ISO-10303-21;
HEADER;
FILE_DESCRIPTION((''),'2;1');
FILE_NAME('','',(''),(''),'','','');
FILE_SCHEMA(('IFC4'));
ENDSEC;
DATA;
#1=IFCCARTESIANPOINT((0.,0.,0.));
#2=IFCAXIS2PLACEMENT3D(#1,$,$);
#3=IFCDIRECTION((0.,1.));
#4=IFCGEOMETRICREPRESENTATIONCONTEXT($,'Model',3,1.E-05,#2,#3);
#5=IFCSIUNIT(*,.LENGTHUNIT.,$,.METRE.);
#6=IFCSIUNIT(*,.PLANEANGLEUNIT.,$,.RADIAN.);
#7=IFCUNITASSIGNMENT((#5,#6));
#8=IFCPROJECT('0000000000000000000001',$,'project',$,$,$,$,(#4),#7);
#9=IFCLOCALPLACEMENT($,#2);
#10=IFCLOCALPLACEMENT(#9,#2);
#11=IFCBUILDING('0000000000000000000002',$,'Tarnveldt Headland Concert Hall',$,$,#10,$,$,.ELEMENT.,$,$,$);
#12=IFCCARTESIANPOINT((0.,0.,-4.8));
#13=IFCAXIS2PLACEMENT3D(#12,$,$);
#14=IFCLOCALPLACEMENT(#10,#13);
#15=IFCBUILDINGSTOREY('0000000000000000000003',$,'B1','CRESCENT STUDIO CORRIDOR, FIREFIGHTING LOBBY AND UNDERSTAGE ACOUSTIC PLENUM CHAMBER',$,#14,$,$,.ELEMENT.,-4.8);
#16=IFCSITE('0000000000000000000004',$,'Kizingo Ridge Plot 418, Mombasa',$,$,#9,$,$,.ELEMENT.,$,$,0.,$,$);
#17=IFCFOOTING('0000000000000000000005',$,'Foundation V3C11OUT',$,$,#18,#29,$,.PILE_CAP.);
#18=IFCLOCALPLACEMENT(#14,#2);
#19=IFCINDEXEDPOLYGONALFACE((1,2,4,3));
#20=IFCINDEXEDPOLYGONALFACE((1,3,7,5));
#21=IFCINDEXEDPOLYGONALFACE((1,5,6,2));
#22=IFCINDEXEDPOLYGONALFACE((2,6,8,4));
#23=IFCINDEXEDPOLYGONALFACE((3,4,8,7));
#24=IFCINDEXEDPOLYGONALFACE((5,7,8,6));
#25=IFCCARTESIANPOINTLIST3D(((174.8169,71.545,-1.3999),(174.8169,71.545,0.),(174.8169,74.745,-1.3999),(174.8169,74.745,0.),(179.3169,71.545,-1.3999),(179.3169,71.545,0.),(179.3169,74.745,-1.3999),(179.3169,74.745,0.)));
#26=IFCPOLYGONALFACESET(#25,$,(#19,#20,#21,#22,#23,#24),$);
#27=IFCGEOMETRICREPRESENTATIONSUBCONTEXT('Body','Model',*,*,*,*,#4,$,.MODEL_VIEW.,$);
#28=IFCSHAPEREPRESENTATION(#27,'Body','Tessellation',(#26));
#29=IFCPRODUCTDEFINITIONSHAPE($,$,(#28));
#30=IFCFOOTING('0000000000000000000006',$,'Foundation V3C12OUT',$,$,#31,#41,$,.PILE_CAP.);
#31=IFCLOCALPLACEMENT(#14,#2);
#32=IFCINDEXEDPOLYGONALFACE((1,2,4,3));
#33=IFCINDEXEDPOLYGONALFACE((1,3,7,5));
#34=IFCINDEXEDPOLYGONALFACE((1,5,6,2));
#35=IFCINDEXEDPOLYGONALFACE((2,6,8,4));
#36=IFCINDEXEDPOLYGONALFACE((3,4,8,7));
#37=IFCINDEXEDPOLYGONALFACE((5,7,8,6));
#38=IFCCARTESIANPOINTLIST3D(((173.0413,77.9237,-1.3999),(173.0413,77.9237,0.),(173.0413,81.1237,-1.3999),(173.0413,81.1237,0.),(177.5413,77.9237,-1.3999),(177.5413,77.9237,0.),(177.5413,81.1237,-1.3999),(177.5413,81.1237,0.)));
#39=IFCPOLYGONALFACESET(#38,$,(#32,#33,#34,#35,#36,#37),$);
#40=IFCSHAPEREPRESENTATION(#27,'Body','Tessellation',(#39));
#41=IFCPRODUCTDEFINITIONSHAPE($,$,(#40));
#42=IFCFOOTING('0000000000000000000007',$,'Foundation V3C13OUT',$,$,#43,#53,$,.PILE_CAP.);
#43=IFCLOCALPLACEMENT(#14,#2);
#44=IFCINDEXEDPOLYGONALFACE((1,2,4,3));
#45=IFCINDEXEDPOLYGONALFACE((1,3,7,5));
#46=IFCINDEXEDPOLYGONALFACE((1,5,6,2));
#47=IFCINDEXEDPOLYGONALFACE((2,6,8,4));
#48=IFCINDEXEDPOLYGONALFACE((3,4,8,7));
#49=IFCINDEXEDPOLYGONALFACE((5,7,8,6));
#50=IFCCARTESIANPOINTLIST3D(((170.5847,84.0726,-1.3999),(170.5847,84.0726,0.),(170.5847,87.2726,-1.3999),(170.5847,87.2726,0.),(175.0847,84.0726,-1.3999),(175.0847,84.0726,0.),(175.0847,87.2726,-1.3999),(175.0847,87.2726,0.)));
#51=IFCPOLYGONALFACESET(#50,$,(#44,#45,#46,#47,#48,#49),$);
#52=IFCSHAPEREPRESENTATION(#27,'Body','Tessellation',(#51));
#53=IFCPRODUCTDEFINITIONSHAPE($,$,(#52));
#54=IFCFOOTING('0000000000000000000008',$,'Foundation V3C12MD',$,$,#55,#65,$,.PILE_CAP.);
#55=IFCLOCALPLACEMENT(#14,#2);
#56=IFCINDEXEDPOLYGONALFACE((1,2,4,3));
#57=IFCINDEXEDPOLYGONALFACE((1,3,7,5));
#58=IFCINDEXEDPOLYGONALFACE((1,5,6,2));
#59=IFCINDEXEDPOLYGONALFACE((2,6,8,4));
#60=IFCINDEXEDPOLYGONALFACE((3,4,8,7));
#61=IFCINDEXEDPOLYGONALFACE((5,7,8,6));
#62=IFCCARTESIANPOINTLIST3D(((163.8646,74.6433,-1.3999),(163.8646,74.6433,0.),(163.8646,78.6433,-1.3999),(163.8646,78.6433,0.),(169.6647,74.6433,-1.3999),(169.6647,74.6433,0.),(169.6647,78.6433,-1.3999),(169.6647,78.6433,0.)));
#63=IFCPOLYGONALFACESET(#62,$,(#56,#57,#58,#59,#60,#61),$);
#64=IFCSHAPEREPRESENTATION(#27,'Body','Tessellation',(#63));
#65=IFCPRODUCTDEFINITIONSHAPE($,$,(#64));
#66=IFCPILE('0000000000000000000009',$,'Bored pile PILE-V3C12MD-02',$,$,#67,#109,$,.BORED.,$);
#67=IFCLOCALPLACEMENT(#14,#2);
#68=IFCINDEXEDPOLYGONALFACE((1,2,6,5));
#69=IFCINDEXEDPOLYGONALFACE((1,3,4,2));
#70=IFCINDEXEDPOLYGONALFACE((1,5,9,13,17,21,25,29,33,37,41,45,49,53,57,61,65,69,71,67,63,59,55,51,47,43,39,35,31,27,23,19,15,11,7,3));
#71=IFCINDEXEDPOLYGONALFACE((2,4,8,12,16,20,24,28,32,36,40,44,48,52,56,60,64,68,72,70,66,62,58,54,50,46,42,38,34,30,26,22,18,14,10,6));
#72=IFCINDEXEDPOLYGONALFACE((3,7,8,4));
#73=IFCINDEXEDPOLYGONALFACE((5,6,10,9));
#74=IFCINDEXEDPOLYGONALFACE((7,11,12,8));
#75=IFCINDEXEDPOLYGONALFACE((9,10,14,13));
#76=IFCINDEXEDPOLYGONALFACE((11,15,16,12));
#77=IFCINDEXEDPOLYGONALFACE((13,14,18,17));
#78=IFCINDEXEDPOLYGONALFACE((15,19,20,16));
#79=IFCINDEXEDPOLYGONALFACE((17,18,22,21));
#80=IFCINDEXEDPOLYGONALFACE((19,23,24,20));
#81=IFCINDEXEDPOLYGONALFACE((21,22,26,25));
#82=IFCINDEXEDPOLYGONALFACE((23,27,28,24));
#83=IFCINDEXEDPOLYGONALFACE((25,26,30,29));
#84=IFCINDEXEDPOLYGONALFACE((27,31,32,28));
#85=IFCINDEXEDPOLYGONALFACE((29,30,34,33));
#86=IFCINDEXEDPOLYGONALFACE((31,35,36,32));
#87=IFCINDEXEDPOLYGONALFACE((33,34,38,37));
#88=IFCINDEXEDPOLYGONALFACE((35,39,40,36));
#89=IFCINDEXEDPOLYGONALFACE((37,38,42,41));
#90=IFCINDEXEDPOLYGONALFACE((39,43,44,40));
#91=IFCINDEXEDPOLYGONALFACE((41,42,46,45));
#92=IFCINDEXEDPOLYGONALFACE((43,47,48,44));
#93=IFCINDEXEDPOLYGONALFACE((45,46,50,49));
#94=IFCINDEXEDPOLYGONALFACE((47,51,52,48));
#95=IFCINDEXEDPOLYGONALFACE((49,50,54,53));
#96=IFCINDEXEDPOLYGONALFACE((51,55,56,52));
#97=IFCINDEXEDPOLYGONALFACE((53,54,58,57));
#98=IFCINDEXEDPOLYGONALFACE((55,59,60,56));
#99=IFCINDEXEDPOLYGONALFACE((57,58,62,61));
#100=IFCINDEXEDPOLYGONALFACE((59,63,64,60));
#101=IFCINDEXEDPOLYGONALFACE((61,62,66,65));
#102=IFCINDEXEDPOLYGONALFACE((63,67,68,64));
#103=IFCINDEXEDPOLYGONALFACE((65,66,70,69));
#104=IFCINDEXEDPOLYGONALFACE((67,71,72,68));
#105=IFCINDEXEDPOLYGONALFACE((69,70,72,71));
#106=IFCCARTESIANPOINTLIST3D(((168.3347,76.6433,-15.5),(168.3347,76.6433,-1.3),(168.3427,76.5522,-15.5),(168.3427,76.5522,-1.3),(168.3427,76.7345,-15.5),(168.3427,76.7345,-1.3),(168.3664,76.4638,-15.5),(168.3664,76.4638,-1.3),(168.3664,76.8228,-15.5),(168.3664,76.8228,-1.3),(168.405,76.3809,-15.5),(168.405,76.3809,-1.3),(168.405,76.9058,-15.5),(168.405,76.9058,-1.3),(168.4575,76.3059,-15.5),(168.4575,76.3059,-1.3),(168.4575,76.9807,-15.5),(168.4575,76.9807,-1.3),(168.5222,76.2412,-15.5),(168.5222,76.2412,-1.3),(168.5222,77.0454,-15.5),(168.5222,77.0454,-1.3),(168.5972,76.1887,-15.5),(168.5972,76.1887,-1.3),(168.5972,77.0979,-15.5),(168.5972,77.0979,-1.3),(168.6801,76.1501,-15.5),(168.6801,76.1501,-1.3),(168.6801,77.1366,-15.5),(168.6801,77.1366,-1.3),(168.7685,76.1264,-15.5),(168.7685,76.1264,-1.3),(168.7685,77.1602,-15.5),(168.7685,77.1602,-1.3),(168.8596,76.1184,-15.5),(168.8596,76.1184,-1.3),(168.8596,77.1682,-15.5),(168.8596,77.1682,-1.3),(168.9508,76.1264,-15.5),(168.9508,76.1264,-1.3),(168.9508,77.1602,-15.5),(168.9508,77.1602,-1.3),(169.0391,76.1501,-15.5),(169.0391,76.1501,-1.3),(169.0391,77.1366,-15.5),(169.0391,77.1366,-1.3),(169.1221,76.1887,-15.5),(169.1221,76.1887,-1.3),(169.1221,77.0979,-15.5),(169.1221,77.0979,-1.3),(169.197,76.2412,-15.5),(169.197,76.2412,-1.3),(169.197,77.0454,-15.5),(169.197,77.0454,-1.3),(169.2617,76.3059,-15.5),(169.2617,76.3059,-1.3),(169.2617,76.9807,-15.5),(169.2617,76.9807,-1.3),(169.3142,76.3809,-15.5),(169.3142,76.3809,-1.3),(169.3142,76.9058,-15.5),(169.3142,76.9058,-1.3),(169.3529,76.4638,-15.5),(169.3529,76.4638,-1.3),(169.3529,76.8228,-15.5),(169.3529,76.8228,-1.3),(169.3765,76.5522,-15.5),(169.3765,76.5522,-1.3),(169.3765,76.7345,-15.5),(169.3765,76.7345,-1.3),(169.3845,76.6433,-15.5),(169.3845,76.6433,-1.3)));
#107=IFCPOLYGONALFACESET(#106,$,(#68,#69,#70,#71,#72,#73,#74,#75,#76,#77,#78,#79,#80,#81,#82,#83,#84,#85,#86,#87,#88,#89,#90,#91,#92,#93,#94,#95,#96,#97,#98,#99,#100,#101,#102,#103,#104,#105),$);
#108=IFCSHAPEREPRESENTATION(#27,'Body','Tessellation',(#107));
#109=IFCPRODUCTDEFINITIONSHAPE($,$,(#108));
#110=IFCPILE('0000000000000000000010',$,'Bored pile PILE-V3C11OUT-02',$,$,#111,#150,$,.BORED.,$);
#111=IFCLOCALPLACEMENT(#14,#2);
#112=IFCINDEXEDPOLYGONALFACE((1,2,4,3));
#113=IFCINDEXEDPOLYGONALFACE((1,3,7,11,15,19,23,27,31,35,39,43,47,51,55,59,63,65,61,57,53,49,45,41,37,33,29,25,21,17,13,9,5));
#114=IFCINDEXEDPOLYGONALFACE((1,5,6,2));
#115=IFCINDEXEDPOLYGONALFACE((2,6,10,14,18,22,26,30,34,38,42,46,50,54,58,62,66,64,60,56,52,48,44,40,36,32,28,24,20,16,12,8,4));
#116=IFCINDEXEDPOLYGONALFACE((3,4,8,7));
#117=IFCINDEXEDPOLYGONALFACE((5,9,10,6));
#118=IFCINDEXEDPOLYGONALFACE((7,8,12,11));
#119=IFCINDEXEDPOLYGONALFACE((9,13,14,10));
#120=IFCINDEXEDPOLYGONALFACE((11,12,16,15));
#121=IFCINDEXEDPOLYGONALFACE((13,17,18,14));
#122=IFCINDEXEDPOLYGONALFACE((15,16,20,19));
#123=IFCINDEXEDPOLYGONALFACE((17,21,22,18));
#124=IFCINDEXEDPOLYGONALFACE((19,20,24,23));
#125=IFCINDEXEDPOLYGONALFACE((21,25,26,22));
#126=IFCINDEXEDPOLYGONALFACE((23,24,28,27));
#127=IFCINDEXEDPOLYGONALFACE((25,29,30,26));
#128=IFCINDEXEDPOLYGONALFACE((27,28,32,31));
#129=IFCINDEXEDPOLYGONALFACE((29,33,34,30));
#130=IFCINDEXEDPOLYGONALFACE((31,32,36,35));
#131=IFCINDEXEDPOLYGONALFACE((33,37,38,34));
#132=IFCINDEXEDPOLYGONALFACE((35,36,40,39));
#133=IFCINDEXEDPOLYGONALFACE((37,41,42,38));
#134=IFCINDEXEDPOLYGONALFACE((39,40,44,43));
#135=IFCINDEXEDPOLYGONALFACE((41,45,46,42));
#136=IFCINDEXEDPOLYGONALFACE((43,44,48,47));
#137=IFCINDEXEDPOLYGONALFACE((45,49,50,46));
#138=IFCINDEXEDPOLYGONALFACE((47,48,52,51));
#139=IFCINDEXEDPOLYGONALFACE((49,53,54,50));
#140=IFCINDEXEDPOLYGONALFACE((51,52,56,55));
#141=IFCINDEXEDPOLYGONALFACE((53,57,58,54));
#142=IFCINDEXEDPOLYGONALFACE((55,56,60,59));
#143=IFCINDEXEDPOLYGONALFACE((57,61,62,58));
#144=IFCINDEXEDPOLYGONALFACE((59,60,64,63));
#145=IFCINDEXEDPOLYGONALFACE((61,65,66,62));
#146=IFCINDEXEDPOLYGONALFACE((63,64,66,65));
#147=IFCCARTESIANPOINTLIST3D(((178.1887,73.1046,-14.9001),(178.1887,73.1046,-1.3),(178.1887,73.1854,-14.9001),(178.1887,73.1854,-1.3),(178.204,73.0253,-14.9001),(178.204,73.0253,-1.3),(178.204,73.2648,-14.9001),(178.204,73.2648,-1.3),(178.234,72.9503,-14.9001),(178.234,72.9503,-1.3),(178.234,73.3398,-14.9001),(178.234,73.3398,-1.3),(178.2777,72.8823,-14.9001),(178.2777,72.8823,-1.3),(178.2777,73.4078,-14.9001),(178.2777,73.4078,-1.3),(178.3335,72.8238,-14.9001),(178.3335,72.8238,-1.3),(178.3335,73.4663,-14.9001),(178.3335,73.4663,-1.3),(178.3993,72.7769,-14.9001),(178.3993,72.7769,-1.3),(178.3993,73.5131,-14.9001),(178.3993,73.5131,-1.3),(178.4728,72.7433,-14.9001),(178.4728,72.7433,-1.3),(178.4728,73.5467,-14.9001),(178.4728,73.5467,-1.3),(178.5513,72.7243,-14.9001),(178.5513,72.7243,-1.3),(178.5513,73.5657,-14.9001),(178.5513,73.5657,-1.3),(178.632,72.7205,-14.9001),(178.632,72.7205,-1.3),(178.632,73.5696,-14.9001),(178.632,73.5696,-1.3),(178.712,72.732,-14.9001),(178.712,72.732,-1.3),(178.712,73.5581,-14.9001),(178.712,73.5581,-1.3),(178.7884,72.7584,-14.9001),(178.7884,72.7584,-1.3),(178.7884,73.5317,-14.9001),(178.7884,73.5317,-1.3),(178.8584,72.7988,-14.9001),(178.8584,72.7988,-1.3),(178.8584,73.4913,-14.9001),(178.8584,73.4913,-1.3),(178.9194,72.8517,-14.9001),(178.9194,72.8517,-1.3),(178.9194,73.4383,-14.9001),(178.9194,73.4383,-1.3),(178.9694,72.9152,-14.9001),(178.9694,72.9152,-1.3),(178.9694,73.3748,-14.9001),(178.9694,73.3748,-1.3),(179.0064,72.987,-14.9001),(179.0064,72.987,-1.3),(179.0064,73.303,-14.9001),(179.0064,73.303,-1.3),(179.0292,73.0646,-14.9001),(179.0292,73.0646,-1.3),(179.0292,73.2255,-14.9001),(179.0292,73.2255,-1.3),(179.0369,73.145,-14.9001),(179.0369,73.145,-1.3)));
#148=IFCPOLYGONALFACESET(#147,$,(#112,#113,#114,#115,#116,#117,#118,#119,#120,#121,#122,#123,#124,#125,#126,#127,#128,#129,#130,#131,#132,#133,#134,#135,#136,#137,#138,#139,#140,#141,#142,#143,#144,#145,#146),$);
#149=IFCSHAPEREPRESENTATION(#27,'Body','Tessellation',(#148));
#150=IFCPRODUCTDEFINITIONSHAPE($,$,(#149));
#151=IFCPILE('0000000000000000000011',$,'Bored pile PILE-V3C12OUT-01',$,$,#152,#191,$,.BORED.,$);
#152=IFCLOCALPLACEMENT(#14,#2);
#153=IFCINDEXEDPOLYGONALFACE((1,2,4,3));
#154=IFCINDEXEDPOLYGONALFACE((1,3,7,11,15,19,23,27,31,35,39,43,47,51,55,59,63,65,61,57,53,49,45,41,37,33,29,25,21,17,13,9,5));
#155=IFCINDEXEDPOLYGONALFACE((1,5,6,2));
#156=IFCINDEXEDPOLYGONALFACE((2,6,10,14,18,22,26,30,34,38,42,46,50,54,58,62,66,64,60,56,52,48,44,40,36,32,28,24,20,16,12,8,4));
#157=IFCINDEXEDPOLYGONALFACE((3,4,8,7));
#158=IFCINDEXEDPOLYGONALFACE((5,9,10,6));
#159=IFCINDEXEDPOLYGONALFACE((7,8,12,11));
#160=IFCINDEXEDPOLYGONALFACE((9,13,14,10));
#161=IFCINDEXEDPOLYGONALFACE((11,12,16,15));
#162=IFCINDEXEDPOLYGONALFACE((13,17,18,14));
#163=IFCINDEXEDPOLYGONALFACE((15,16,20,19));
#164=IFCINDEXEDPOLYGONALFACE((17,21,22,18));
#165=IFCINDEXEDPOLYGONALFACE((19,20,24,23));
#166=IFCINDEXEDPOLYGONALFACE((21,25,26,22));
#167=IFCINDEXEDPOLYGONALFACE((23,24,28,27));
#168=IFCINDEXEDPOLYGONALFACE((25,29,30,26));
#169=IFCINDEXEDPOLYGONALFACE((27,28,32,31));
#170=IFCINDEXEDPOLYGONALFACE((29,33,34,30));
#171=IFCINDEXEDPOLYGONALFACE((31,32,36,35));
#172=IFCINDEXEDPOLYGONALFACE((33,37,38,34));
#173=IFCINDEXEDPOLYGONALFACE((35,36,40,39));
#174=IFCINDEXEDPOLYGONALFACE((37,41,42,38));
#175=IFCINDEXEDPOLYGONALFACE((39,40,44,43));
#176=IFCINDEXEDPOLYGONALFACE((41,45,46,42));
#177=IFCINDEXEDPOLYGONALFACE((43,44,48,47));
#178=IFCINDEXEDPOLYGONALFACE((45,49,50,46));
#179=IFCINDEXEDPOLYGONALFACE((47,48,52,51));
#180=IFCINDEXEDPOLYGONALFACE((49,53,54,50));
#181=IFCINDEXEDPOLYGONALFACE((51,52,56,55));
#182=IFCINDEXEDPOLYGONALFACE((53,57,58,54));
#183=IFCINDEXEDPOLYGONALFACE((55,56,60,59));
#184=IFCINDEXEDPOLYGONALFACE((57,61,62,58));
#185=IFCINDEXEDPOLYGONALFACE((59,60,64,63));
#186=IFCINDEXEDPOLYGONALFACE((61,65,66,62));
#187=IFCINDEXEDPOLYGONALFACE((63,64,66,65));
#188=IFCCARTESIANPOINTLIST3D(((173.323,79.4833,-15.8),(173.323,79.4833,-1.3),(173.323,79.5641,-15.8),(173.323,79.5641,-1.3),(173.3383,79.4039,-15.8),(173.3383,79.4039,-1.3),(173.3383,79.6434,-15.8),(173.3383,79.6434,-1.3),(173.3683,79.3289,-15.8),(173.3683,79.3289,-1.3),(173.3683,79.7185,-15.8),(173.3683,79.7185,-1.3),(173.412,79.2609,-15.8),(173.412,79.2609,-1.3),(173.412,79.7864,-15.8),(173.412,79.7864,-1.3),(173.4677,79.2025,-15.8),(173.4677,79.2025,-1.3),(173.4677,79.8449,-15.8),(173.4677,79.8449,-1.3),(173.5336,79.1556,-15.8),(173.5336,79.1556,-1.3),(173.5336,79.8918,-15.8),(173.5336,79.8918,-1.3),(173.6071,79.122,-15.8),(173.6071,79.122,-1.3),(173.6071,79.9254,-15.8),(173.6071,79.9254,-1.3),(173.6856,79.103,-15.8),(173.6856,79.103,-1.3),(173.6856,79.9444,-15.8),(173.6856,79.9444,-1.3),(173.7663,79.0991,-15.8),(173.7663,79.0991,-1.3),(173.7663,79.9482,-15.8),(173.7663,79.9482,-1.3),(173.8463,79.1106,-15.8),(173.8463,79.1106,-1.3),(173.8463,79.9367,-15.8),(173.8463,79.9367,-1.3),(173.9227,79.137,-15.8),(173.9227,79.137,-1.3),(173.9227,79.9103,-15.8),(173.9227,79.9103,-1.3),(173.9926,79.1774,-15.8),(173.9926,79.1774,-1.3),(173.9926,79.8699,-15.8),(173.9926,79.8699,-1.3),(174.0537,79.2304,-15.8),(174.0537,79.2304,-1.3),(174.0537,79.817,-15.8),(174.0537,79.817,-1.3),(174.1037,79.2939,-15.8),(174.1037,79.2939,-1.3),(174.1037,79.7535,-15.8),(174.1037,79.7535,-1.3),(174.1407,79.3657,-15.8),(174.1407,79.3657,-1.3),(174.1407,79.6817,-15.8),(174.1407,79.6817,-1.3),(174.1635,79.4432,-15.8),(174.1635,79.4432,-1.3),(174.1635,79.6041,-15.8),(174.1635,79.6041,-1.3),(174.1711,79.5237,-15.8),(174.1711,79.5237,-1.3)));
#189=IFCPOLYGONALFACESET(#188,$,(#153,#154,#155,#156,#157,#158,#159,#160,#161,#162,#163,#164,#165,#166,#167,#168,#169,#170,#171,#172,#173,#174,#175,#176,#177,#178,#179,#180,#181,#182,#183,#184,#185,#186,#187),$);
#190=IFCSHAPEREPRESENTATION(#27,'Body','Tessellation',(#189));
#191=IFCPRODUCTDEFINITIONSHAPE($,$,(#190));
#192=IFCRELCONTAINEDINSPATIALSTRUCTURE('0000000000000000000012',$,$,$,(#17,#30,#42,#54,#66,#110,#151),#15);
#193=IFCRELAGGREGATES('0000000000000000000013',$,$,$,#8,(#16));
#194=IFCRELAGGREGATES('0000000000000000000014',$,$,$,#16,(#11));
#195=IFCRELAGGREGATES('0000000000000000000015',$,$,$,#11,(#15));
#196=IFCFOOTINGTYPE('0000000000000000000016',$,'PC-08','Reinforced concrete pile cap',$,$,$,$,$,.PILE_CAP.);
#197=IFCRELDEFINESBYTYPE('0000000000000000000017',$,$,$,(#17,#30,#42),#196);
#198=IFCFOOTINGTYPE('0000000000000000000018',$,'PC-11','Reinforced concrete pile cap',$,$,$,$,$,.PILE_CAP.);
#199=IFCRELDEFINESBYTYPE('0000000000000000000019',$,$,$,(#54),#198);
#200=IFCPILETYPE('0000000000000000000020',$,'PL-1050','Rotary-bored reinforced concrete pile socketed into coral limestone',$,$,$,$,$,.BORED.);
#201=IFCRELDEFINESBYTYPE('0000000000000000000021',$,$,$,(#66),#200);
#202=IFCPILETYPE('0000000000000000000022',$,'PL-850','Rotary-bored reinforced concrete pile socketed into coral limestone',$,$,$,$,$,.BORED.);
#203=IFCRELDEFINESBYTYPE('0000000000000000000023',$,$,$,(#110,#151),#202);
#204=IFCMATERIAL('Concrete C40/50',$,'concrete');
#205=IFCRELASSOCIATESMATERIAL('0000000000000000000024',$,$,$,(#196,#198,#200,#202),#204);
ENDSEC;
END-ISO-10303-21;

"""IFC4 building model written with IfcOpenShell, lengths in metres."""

from ifc_helpers import new_model, si_unit, direction, frame, origin, origin_2d, place, context, subcontext, project, spatial, rectangle, circle, extrude, material, material_profile, profile_set, type_object, element, save


model = new_model("IFC4")

# Units and contexts
model_context = context("Model", 3, precision=1e-05, world=origin(), true_north=direction((0.0, 1.0)))
body_context = subcontext(model_context, "Body", "Model", "MODEL_VIEW")
ifc_project = project(units=[si_unit("LENGTHUNIT", "METRE"), si_unit("PLANEANGLEUNIT", "RADIAN")], contexts=[model_context])

# Site, building, storey
site_placement = place(None, origin())
site = spatial("IfcSite", under=ifc_project, at=site_placement, Name="Kizingo Ridge Plot 418, Mombasa", CompositionType="ELEMENT", RefElevation=0.0)
building_placement = place(site_placement, origin())
building = spatial("IfcBuilding", under=site, at=building_placement, Name="Tarnveldt Headland Concert Hall", CompositionType="ELEMENT")
storey_placement = place(building_placement, frame((0.0, 0.0, -4.8)))
storey = spatial("IfcBuildingStorey", under=building, at=storey_placement, Name="B1", Description="CRESCENT STUDIO CORRIDOR, FIREFIGHTING LOBBY AND UNDERSTAGE ACOUSTIC PLENUM CHAMBER", CompositionType="ELEMENT", Elevation=-4.8)

# Footings
ifc_material_1 = material(Name="Concrete C40/50", Category="concrete")
footing_type_1 = type_object("IfcFootingType", Name="PC-08", Description="Reinforced concrete pile cap", PredefinedType="PILE_CAP", material=ifc_material_1)
for number, where, z_axis, x_axis, name in (
    (1, (177.0669, 73.145, -1.3999), (0.0, 0.0, 1.0), (1.0, 0.0, 0.0), "Foundation V3C11OUT"),
    (2, (175.2913, 79.5237, -1.3999), (0.0, 0.0, 1.0), (1.0, 0.0, 0.0), "Foundation V3C12OUT"),
    (3, (172.8347, 85.6726, -1.3999), (0.0, 0.0, 1.0), (1.0, 0.0, 0.0), "Foundation V3C13OUT"),
):
    element("IfcFooting", number, at=place(storey_placement, frame(where, z_axis=z_axis, x_axis=x_axis)), inside=storey, type_object=footing_type_1, Name=name, PredefinedType="PILE_CAP", context=body_context, shape_type="SweptSolid", body=[
        extrude(rectangle(XDim=4.5, YDim=3.2, at=origin_2d()), origin(), (0.0, 0.0, 1.0), 1.3999),
    ])
footing_type_2 = type_object("IfcFootingType", Name="PC-11", Description="Reinforced concrete pile cap", PredefinedType="PILE_CAP", material=ifc_material_1)
footing_placement = place(storey_placement, frame((166.7646, 76.6433, -1.3999), z_axis=(0.0, 0.0, 1.0), x_axis=(1.0, 0.0, 0.0)))
element("IfcFooting", 4, at=footing_placement, inside=storey, type_object=footing_type_2, Name="Foundation V3C12MD", PredefinedType="PILE_CAP", context=body_context, shape_type="SweptSolid", body=[
    extrude(rectangle(XDim=5.8, YDim=4.0, at=origin_2d()), origin(), (0.0, 0.0, 1.0), 1.3999),
])

# Piles
ifc_material_profile_1 = material_profile(ifc_material_1, circle(Radius=0.5249, at=origin_2d()), Name="BORED PILE D1050", Category="concrete")
ifc_profile_set_1 = profile_set([ifc_material_profile_1], Name="Concrete C40/50")
pile_type_1 = type_object("IfcPileType", Name="PL-1050", Description="Rotary-bored reinforced concrete pile socketed into coral limestone", PredefinedType="BORED", material=ifc_profile_set_1)
pile_1_placement = place(storey_placement, frame((168.8596, 76.6433, -1.3), z_axis=(0.0, 0.0, -1.0), x_axis=(1.0, 0.0, 0.0)))
element("IfcPile", 5, at=pile_1_placement, inside=storey, type_object=pile_type_1, Name="Bored pile PILE-V3C12MD-02", PredefinedType="BORED", context=body_context, shape_type="SweptSolid", body=[
    extrude(circle(Radius=0.5249, at=origin_2d()), origin(), (0.0, 0.0, 1.0), 14.2),
])
ifc_material_profile_2 = material_profile(ifc_material_1, circle(Radius=0.425, at=origin_2d()), Name="BORED PILE D850", Category="concrete")
ifc_profile_set_2 = profile_set([ifc_material_profile_2], Name="Concrete C40/50")
pile_type_2 = type_object("IfcPileType", Name="PL-850", Description="Rotary-bored reinforced concrete pile socketed into coral limestone", PredefinedType="BORED", material=ifc_profile_set_2)
pile_2_placement = place(storey_placement, frame((178.6118, 73.145, -1.3), z_axis=(0.0, 0.0, -1.0), x_axis=(1.0, 0.0, 0.0)))
element("IfcPile", 6, at=pile_2_placement, inside=storey, type_object=pile_type_2, Name="Bored pile PILE-V3C11OUT-02", PredefinedType="BORED", context=body_context, shape_type="SweptSolid", body=[
    extrude(circle(Radius=0.425, at=origin_2d()), origin(), (0.0, 0.0, 1.0), 13.6001),
])
for number, where, z_axis, x_axis, name in (
    (7, (173.7461, 79.5237, -1.3), (0.0, 0.0, -1.0), (1.0, 0.0, 0.0), "Bored pile PILE-V3C12OUT-01"),
):
    element("IfcPile", number, at=place(storey_placement, frame(where, z_axis=z_axis, x_axis=x_axis)), inside=storey, type_object=pile_type_2, Name=name, PredefinedType="BORED", context=body_context, shape_type="SweptSolid", body=[
        extrude(circle(Radius=0.425, at=origin_2d()), origin(), (0.0, 0.0, 1.0), 14.5),
    ])

save(model, "model.ifc")
